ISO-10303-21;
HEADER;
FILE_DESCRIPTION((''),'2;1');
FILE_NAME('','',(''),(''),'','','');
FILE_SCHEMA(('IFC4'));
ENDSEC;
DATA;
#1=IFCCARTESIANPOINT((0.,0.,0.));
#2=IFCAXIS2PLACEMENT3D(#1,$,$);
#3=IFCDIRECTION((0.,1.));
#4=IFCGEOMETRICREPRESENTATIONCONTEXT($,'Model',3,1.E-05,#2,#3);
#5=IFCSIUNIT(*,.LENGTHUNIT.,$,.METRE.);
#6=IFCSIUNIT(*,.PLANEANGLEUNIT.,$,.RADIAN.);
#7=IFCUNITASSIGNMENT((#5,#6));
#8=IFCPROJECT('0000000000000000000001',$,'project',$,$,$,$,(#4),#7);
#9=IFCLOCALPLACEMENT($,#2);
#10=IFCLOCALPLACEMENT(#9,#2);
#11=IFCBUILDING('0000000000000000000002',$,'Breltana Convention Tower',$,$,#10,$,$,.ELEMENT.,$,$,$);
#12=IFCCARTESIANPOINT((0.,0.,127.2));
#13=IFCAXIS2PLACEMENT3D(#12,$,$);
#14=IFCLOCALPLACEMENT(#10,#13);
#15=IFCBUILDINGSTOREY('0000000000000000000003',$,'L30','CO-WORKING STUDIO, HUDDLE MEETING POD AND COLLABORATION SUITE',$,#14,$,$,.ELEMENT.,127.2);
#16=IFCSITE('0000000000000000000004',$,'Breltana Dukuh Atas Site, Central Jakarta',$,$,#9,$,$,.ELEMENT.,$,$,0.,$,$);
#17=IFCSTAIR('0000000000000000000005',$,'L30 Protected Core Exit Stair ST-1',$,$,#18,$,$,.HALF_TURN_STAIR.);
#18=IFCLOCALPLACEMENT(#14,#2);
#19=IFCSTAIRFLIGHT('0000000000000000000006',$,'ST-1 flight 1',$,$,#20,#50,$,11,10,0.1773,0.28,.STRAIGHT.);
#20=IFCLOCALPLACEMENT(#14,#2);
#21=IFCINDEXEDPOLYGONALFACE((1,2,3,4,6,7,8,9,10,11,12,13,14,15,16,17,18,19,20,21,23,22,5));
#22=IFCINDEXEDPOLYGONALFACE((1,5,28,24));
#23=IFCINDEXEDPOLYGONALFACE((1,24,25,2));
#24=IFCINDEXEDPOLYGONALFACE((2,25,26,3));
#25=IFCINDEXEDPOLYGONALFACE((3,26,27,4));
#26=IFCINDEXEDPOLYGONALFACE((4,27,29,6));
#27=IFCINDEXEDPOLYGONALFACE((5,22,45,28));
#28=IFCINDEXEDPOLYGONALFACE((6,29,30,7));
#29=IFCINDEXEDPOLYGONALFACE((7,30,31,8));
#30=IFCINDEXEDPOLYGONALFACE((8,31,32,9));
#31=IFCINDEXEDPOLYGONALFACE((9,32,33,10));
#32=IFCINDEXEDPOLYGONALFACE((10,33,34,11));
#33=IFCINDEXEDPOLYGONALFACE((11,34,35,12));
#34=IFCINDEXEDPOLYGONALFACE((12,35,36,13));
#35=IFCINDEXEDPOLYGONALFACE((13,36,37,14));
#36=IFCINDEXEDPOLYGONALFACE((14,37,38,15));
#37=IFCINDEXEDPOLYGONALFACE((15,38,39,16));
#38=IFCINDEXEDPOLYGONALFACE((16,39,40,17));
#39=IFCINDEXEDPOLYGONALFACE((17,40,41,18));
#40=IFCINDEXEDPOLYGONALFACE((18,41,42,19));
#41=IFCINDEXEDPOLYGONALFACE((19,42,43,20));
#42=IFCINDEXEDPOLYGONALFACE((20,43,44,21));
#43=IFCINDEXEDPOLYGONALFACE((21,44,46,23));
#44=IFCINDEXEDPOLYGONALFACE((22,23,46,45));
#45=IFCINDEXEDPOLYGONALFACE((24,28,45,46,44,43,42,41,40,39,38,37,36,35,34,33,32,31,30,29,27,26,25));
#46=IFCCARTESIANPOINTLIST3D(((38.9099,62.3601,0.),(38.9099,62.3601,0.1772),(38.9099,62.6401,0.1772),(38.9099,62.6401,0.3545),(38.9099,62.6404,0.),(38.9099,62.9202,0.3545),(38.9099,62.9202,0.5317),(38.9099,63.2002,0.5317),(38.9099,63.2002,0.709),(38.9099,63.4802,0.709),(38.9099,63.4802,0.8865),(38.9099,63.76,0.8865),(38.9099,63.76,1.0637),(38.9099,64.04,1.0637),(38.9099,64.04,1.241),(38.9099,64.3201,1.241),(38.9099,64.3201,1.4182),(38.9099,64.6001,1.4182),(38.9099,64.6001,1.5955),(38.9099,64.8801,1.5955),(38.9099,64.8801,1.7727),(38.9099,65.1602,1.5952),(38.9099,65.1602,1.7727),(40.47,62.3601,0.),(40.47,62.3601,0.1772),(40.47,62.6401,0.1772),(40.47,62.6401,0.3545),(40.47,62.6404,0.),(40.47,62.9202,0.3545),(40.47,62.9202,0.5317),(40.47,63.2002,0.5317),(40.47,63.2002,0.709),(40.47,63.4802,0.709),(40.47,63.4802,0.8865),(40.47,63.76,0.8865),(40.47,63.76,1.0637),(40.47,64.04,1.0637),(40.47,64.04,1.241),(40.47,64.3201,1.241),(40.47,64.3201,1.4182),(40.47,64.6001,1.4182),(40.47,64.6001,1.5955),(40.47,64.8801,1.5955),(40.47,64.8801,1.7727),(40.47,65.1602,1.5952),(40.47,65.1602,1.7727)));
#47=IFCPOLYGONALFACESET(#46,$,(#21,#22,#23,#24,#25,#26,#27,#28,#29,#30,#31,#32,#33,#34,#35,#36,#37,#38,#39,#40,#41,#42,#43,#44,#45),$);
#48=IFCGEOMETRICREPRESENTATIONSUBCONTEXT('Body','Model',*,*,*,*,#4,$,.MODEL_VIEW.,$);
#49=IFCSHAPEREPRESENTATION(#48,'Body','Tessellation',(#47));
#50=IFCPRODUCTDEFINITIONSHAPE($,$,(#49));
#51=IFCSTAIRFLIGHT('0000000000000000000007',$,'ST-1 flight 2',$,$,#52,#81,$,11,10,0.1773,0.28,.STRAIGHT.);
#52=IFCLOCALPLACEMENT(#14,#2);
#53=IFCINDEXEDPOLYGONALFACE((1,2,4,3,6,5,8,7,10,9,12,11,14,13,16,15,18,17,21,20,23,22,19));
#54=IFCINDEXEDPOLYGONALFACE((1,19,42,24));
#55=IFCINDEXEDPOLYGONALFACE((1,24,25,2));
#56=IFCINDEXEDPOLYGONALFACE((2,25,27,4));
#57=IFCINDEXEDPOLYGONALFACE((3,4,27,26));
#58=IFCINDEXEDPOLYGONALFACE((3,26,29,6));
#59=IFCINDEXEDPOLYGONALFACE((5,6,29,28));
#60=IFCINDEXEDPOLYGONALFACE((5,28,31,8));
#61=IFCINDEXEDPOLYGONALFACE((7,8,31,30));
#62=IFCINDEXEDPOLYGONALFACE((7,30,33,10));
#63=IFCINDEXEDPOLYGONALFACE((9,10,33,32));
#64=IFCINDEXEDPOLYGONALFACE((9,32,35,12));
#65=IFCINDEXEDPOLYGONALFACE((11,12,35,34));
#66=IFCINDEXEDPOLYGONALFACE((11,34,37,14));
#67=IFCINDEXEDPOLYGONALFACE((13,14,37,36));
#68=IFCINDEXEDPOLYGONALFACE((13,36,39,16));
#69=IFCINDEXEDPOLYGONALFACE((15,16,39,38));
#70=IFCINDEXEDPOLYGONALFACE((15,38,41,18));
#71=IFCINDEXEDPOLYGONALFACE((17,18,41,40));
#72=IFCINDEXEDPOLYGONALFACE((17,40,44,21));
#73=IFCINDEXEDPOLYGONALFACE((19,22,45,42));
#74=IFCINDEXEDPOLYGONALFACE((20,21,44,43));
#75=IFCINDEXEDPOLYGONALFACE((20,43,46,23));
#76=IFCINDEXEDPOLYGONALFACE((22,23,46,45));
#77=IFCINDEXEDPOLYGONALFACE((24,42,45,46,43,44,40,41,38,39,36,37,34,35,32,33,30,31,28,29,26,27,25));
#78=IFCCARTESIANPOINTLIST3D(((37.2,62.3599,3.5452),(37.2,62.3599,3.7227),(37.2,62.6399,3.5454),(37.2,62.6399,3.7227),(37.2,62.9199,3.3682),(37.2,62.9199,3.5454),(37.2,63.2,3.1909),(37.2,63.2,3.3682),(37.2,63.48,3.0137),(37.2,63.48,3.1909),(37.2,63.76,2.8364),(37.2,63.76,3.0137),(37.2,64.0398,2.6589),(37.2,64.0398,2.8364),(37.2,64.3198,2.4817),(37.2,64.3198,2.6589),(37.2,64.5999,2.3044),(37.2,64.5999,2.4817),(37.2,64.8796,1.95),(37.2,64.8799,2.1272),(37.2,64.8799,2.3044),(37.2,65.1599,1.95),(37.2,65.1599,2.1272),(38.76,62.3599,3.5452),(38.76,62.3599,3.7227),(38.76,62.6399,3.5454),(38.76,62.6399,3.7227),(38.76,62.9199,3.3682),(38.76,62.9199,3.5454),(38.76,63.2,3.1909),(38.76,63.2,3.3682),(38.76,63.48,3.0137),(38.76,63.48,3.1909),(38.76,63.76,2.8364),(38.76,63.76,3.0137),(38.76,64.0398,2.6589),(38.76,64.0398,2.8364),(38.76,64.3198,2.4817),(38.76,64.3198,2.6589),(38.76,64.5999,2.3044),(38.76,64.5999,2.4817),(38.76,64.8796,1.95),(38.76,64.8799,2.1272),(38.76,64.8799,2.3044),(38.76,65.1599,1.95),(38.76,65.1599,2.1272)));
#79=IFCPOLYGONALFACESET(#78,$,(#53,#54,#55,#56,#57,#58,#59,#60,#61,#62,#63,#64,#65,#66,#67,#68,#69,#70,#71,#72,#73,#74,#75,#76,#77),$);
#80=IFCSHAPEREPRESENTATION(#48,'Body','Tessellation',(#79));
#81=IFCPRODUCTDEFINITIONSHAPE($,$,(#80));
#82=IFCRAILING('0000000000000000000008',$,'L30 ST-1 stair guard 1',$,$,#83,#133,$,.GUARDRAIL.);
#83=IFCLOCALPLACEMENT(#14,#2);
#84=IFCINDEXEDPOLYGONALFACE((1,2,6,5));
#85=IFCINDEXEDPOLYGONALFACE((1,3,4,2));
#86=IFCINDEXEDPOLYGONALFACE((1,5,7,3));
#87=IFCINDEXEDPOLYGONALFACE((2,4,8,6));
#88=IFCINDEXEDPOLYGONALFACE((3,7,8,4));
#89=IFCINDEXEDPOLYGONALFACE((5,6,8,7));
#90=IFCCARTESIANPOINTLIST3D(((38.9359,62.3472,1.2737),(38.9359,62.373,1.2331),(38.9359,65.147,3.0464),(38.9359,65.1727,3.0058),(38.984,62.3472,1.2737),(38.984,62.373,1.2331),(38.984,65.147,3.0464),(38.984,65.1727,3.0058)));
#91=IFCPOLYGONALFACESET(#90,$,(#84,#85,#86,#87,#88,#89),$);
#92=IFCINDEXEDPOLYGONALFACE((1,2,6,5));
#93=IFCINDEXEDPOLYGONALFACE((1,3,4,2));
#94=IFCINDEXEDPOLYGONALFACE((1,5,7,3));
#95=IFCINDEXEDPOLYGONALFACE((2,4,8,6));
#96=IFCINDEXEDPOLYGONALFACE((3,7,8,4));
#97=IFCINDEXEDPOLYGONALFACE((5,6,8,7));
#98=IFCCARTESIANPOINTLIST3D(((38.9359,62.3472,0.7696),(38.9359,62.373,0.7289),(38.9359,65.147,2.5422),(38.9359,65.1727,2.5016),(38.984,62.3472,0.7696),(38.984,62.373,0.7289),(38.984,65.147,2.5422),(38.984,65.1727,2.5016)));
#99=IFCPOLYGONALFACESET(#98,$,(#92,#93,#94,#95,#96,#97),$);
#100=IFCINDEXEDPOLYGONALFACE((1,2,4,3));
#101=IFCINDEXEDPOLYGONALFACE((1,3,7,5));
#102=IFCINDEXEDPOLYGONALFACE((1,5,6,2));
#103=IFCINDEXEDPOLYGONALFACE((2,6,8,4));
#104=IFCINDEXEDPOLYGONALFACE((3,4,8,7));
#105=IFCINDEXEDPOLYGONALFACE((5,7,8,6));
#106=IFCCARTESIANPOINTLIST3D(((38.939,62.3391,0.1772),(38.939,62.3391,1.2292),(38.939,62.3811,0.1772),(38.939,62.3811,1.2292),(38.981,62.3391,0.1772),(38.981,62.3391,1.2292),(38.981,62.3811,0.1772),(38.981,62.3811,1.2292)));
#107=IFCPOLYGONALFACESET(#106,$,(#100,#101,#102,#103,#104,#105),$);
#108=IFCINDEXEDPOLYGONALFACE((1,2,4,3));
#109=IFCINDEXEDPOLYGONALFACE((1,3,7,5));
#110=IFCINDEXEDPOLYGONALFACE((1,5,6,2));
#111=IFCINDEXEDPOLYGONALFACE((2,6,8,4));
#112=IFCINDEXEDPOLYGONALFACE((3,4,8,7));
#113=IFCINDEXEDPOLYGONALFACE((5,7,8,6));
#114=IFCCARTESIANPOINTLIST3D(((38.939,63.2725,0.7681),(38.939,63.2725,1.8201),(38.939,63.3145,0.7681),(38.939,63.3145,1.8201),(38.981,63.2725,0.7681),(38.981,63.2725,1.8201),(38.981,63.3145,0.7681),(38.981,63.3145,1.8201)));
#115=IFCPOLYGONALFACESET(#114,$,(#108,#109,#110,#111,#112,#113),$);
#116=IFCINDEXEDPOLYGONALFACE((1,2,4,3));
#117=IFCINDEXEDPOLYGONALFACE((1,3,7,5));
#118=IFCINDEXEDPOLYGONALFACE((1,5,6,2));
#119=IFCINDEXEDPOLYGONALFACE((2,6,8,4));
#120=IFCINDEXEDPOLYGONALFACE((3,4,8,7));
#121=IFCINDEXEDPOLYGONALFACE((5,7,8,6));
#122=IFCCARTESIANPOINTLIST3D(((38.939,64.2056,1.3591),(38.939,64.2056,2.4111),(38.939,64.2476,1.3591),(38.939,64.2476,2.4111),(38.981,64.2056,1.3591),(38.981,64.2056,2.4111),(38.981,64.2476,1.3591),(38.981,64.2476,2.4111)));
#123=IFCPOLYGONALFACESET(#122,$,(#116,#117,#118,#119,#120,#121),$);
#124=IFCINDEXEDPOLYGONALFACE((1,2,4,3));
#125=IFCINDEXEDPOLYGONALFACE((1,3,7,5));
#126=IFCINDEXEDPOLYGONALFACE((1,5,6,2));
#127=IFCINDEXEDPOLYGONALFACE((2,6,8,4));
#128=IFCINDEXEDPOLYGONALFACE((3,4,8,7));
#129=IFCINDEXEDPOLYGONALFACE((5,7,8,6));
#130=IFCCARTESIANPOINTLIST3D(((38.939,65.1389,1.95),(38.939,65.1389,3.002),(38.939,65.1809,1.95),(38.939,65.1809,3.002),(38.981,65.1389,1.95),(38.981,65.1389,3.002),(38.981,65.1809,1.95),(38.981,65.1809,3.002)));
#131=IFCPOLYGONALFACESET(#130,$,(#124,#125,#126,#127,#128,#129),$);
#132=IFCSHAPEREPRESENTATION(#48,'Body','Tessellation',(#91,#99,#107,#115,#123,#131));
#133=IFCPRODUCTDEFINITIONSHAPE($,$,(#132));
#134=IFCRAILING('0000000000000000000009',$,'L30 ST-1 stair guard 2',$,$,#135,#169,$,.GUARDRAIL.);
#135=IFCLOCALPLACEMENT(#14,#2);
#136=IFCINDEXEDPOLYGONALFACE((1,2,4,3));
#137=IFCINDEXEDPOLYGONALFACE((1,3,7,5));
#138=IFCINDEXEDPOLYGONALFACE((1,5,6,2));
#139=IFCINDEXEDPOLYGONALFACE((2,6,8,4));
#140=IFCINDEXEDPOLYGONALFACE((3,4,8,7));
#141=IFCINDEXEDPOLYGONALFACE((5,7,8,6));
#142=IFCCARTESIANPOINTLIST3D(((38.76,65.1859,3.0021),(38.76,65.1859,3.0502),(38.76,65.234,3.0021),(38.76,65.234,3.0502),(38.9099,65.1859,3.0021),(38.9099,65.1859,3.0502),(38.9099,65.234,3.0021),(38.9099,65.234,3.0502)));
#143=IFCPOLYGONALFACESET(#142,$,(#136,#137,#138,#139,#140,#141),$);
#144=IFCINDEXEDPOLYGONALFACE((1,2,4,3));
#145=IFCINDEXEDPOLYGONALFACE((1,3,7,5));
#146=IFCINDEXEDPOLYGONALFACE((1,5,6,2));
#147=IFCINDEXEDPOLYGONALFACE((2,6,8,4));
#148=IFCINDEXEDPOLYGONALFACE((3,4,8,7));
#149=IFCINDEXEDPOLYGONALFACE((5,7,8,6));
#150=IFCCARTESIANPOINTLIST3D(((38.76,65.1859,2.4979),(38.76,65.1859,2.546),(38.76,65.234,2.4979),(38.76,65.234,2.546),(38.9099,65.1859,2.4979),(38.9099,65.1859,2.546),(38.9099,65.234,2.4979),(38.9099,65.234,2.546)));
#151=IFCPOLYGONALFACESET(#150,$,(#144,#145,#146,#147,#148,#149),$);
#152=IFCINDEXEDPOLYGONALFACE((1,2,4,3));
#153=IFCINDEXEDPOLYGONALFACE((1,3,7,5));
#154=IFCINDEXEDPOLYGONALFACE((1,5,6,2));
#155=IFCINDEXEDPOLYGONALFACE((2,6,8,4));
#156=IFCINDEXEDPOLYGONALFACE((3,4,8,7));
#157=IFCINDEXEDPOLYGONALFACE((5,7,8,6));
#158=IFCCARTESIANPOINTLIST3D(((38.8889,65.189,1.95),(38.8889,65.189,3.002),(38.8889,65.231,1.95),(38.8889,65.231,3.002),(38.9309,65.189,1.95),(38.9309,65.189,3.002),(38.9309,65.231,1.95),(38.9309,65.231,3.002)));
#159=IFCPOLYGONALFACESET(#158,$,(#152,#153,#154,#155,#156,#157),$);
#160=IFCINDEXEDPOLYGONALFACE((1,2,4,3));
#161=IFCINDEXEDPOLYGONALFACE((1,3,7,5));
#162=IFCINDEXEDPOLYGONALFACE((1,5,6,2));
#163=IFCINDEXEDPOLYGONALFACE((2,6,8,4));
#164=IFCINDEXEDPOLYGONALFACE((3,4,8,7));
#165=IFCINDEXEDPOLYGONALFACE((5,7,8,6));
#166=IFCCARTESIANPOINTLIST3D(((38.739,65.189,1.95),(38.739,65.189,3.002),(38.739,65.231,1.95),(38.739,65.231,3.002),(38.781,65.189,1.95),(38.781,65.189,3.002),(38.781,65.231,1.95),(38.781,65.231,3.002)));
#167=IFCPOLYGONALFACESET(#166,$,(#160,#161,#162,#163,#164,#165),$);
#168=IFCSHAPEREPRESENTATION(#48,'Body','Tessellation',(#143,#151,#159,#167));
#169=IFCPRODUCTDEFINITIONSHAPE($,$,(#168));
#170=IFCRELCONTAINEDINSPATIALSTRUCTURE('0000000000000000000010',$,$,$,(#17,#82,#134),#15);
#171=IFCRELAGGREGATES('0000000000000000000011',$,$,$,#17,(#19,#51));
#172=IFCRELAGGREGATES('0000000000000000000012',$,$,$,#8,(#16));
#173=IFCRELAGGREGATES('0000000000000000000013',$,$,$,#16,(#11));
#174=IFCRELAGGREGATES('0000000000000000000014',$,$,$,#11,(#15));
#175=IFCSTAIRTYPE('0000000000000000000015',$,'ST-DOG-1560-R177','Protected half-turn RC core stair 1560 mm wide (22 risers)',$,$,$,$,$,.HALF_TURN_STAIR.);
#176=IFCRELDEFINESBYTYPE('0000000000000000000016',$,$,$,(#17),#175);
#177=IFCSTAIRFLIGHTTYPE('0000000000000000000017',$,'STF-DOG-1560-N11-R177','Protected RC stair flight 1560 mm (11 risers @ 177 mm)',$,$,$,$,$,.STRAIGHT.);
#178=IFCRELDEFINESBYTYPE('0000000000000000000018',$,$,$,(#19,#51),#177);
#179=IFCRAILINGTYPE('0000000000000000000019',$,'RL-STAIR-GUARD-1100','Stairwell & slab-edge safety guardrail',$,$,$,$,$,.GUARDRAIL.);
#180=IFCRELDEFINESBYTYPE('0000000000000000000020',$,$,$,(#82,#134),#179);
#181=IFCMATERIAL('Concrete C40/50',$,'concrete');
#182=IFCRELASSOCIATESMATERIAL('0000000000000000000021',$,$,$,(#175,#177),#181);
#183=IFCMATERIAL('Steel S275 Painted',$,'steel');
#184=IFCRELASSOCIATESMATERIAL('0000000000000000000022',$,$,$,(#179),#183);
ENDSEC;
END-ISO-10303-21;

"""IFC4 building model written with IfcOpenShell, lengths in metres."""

from ifc_helpers import new_model, si_unit, direction, frame, origin, origin_2d, place, context, subcontext, project, spatial, polyline, rectangle, outline, extrude, material, type_object, element, aggregate, save


model = new_model("IFC4")

# Units and contexts
model_context = context("Model", 3, precision=1e-05, world=origin(), true_north=direction((0.0, 1.0)))
body_context = subcontext(model_context, "Body", "Model", "MODEL_VIEW")
ifc_project = project(units=[si_unit("LENGTHUNIT", "METRE"), si_unit("PLANEANGLEUNIT", "RADIAN")], contexts=[model_context])

# Site, building, storey
site_placement = place(None, origin())
site = spatial("IfcSite", under=ifc_project, at=site_placement, Name="Breltana Dukuh Atas Site, Central Jakarta", CompositionType="ELEMENT", RefElevation=0.0)
building_placement = place(site_placement, origin())
building = spatial("IfcBuilding", under=site, at=building_placement, Name="Breltana Convention Tower", CompositionType="ELEMENT")
storey_placement = place(building_placement, frame((0.0, 0.0, 127.2)))
storey = spatial("IfcBuildingStorey", under=building, at=storey_placement, Name="L30", Description="CO-WORKING STUDIO, HUDDLE MEETING POD AND COLLABORATION SUITE", CompositionType="ELEMENT", Elevation=127.2)

# Stair, stair flights
ifc_material_1 = material(Name="Concrete C40/50", Category="concrete")
stair_type = type_object("IfcStairType", Name="ST-DOG-1560-R177", Description="Protected half-turn RC core stair 1560 mm wide (22 risers)", PredefinedType="HALF_TURN_STAIR", material=ifc_material_1)
stair_placement = place(storey_placement, origin())
stair = element("IfcStair", 1, at=stair_placement, inside=storey, type_object=stair_type, Name="L30 Protected Core Exit Stair ST-1", PredefinedType="HALF_TURN_STAIR")
stair_flight_type = type_object("IfcStairFlightType", Name="STF-DOG-1560-N11-R177", Description="Protected RC stair flight 1560 mm (11 risers @ 177 mm)", PredefinedType="STRAIGHT", material=ifc_material_1)
stair_flight_1_placement = place(storey_placement, frame((39.6899, 62.3601, 0.0), z_axis=(0.0, 0.0, 1.0), x_axis=(0.0, 1.0, 0.0)))
stair_flight_1 = element("IfcStairFlight", 2, at=stair_flight_1_placement, type_object=stair_flight_type, Name="ST-1 flight 1", NumberOfRisers=11, NumberOfTreads=10, PredefinedType="STRAIGHT", RiserHeight=0.1773, TreadLength=0.28, context=body_context, shape_type="SweptSolid", body=[
    extrude(outline(polyline([(0.0, 0.0), (0.0, 0.1772), (0.28, 0.1772), (0.28, 0.3545), (0.5601, 0.3545), (0.5601, 0.5317), (0.8401, 0.5317), (0.8401, 0.709), (1.1201, 0.709), (1.1201, 0.8865), (1.3999, 0.8865), (1.3999, 1.0637), (1.6799, 1.0637), (1.6799, 1.241), (1.96, 1.241), (1.96, 1.4182), (2.24, 1.4182), (2.24, 1.5955), (2.52, 1.5955), (2.52, 1.7727), (2.8, 1.7727), (2.8, 1.95), (2.8, 1.5952), (0.2803, 0.0), (0.0, 0.0)])), frame((0.0, 0.78, 0.0), z_axis=(0.0, -1.0, 0.0), x_axis=(1.0, 0.0, 0.0)), (0.0, 0.0, 1.0), 1.5601),
])
stair_flight_2_placement = place(storey_placement, frame((37.98, 65.1599, 1.95), z_axis=(0.0, 0.0, 1.0), x_axis=(0.0, -1.0, 0.0)))
stair_flight_2 = element("IfcStairFlight", 3, at=stair_flight_2_placement, type_object=stair_flight_type, Name="ST-1 flight 2", NumberOfRisers=11, NumberOfTreads=10, PredefinedType="STRAIGHT", RiserHeight=0.1773, TreadLength=0.28, context=body_context, shape_type="SweptSolid", body=[
    extrude(outline(polyline([(0.0, 0.0), (0.0, 0.1772), (0.28, 0.1772), (0.28, 0.3545), (0.5601, 0.3545), (0.5601, 0.5317), (0.8401, 0.5317), (0.8401, 0.709), (1.1201, 0.709), (1.1201, 0.8865), (1.3999, 0.8865), (1.3999, 1.0637), (1.6799, 1.0637), (1.6799, 1.241), (1.96, 1.241), (1.96, 1.4182), (2.24, 1.4182), (2.24, 1.5955), (2.52, 1.5955), (2.52, 1.7727), (2.8, 1.7727), (2.8, 1.95), (2.8, 1.5952), (0.2803, 0.0), (0.0, 0.0)])), frame((0.0, 0.78, 0.0), z_axis=(0.0, -1.0, 0.0), x_axis=(1.0, 0.0, 0.0)), (0.0, 0.0, 1.0), 1.5601),
])
aggregate(stair, [stair_flight_1, stair_flight_2])

# Railings
ifc_material_2 = material(Name="Steel S275 Painted", Category="steel")
railing_type_1 = type_object("IfcRailingType", Name="RL-STAIR-GUARD-1100", Description="Stairwell & slab-edge safety guardrail", PredefinedType="GUARDRAIL", material=ifc_material_2)
railing_1_placement = place(storey_placement, frame((38.96, 62.3601, 0.1772)))
element("IfcRailing", 4, at=railing_1_placement, inside=storey, type_object=railing_type_1, Name="L30 ST-1 stair guard 1", PredefinedType="GUARDRAIL", context=body_context, shape_type="SweptSolid", body=[
    extrude(rectangle(XDim=0.0481, YDim=0.0481, at=origin_2d()), frame((0.0, 0.0, 1.0762), z_axis=(0.0, 0.844888, 0.534943), x_axis=(-1.0, 0.0, 0.0)), (0.0, 0.0, 1.0), 3.3137),
    extrude(rectangle(XDim=0.0481, YDim=0.0481, at=origin_2d()), frame((0.0, 0.0, 0.572), z_axis=(0.0, 0.844888, 0.534943), x_axis=(-1.0, 0.0, 0.0)), (0.0, 0.0, 1.0), 3.3137),
    extrude(rectangle(XDim=0.042, YDim=0.042, at=origin_2d()), origin(), (0.0, 0.0, 1.0), 1.052),
    extrude(rectangle(XDim=0.042, YDim=0.042, at=origin_2d()), frame((0.0, 0.9333, 0.5908)), (0.0, 0.0, 1.0), 1.052),
    extrude(rectangle(XDim=0.042, YDim=0.042, at=origin_2d()), frame((0.0, 1.8665, 1.1819)), (0.0, 0.0, 1.0), 1.052),
    extrude(rectangle(XDim=0.042, YDim=0.042, at=origin_2d()), frame((0.0, 2.7998, 1.7727)), (0.0, 0.0, 1.0), 1.052),
])
railing_2_placement = place(storey_placement, frame((38.9099, 65.21, 1.95)))
element("IfcRailing", 5, at=railing_2_placement, inside=storey, type_object=railing_type_1, Name="L30 ST-1 stair guard 2", PredefinedType="GUARDRAIL", context=body_context, shape_type="SweptSolid", body=[
    extrude(rectangle(XDim=0.0481, YDim=0.0481, at=origin_2d()), frame((0.0, 0.0, 1.0762), z_axis=(-1.0, 0.0, 0.0), x_axis=(0.0, -1.0, 0.0)), (0.0, 0.0, 1.0), 0.1499),
    extrude(rectangle(XDim=0.0481, YDim=0.0481, at=origin_2d()), frame((0.0, 0.0, 0.572), z_axis=(-1.0, 0.0, 0.0), x_axis=(0.0, -1.0, 0.0)), (0.0, 0.0, 1.0), 0.1499),
    extrude(rectangle(XDim=0.042, YDim=0.042, at=origin_2d()), origin(), (0.0, 0.0, 1.0), 1.052),
    extrude(rectangle(XDim=0.042, YDim=0.042, at=origin_2d()), frame((-0.1499, 0.0, 0.0)), (0.0, 0.0, 1.0), 1.052),
])

save(model, "model.ifc")
